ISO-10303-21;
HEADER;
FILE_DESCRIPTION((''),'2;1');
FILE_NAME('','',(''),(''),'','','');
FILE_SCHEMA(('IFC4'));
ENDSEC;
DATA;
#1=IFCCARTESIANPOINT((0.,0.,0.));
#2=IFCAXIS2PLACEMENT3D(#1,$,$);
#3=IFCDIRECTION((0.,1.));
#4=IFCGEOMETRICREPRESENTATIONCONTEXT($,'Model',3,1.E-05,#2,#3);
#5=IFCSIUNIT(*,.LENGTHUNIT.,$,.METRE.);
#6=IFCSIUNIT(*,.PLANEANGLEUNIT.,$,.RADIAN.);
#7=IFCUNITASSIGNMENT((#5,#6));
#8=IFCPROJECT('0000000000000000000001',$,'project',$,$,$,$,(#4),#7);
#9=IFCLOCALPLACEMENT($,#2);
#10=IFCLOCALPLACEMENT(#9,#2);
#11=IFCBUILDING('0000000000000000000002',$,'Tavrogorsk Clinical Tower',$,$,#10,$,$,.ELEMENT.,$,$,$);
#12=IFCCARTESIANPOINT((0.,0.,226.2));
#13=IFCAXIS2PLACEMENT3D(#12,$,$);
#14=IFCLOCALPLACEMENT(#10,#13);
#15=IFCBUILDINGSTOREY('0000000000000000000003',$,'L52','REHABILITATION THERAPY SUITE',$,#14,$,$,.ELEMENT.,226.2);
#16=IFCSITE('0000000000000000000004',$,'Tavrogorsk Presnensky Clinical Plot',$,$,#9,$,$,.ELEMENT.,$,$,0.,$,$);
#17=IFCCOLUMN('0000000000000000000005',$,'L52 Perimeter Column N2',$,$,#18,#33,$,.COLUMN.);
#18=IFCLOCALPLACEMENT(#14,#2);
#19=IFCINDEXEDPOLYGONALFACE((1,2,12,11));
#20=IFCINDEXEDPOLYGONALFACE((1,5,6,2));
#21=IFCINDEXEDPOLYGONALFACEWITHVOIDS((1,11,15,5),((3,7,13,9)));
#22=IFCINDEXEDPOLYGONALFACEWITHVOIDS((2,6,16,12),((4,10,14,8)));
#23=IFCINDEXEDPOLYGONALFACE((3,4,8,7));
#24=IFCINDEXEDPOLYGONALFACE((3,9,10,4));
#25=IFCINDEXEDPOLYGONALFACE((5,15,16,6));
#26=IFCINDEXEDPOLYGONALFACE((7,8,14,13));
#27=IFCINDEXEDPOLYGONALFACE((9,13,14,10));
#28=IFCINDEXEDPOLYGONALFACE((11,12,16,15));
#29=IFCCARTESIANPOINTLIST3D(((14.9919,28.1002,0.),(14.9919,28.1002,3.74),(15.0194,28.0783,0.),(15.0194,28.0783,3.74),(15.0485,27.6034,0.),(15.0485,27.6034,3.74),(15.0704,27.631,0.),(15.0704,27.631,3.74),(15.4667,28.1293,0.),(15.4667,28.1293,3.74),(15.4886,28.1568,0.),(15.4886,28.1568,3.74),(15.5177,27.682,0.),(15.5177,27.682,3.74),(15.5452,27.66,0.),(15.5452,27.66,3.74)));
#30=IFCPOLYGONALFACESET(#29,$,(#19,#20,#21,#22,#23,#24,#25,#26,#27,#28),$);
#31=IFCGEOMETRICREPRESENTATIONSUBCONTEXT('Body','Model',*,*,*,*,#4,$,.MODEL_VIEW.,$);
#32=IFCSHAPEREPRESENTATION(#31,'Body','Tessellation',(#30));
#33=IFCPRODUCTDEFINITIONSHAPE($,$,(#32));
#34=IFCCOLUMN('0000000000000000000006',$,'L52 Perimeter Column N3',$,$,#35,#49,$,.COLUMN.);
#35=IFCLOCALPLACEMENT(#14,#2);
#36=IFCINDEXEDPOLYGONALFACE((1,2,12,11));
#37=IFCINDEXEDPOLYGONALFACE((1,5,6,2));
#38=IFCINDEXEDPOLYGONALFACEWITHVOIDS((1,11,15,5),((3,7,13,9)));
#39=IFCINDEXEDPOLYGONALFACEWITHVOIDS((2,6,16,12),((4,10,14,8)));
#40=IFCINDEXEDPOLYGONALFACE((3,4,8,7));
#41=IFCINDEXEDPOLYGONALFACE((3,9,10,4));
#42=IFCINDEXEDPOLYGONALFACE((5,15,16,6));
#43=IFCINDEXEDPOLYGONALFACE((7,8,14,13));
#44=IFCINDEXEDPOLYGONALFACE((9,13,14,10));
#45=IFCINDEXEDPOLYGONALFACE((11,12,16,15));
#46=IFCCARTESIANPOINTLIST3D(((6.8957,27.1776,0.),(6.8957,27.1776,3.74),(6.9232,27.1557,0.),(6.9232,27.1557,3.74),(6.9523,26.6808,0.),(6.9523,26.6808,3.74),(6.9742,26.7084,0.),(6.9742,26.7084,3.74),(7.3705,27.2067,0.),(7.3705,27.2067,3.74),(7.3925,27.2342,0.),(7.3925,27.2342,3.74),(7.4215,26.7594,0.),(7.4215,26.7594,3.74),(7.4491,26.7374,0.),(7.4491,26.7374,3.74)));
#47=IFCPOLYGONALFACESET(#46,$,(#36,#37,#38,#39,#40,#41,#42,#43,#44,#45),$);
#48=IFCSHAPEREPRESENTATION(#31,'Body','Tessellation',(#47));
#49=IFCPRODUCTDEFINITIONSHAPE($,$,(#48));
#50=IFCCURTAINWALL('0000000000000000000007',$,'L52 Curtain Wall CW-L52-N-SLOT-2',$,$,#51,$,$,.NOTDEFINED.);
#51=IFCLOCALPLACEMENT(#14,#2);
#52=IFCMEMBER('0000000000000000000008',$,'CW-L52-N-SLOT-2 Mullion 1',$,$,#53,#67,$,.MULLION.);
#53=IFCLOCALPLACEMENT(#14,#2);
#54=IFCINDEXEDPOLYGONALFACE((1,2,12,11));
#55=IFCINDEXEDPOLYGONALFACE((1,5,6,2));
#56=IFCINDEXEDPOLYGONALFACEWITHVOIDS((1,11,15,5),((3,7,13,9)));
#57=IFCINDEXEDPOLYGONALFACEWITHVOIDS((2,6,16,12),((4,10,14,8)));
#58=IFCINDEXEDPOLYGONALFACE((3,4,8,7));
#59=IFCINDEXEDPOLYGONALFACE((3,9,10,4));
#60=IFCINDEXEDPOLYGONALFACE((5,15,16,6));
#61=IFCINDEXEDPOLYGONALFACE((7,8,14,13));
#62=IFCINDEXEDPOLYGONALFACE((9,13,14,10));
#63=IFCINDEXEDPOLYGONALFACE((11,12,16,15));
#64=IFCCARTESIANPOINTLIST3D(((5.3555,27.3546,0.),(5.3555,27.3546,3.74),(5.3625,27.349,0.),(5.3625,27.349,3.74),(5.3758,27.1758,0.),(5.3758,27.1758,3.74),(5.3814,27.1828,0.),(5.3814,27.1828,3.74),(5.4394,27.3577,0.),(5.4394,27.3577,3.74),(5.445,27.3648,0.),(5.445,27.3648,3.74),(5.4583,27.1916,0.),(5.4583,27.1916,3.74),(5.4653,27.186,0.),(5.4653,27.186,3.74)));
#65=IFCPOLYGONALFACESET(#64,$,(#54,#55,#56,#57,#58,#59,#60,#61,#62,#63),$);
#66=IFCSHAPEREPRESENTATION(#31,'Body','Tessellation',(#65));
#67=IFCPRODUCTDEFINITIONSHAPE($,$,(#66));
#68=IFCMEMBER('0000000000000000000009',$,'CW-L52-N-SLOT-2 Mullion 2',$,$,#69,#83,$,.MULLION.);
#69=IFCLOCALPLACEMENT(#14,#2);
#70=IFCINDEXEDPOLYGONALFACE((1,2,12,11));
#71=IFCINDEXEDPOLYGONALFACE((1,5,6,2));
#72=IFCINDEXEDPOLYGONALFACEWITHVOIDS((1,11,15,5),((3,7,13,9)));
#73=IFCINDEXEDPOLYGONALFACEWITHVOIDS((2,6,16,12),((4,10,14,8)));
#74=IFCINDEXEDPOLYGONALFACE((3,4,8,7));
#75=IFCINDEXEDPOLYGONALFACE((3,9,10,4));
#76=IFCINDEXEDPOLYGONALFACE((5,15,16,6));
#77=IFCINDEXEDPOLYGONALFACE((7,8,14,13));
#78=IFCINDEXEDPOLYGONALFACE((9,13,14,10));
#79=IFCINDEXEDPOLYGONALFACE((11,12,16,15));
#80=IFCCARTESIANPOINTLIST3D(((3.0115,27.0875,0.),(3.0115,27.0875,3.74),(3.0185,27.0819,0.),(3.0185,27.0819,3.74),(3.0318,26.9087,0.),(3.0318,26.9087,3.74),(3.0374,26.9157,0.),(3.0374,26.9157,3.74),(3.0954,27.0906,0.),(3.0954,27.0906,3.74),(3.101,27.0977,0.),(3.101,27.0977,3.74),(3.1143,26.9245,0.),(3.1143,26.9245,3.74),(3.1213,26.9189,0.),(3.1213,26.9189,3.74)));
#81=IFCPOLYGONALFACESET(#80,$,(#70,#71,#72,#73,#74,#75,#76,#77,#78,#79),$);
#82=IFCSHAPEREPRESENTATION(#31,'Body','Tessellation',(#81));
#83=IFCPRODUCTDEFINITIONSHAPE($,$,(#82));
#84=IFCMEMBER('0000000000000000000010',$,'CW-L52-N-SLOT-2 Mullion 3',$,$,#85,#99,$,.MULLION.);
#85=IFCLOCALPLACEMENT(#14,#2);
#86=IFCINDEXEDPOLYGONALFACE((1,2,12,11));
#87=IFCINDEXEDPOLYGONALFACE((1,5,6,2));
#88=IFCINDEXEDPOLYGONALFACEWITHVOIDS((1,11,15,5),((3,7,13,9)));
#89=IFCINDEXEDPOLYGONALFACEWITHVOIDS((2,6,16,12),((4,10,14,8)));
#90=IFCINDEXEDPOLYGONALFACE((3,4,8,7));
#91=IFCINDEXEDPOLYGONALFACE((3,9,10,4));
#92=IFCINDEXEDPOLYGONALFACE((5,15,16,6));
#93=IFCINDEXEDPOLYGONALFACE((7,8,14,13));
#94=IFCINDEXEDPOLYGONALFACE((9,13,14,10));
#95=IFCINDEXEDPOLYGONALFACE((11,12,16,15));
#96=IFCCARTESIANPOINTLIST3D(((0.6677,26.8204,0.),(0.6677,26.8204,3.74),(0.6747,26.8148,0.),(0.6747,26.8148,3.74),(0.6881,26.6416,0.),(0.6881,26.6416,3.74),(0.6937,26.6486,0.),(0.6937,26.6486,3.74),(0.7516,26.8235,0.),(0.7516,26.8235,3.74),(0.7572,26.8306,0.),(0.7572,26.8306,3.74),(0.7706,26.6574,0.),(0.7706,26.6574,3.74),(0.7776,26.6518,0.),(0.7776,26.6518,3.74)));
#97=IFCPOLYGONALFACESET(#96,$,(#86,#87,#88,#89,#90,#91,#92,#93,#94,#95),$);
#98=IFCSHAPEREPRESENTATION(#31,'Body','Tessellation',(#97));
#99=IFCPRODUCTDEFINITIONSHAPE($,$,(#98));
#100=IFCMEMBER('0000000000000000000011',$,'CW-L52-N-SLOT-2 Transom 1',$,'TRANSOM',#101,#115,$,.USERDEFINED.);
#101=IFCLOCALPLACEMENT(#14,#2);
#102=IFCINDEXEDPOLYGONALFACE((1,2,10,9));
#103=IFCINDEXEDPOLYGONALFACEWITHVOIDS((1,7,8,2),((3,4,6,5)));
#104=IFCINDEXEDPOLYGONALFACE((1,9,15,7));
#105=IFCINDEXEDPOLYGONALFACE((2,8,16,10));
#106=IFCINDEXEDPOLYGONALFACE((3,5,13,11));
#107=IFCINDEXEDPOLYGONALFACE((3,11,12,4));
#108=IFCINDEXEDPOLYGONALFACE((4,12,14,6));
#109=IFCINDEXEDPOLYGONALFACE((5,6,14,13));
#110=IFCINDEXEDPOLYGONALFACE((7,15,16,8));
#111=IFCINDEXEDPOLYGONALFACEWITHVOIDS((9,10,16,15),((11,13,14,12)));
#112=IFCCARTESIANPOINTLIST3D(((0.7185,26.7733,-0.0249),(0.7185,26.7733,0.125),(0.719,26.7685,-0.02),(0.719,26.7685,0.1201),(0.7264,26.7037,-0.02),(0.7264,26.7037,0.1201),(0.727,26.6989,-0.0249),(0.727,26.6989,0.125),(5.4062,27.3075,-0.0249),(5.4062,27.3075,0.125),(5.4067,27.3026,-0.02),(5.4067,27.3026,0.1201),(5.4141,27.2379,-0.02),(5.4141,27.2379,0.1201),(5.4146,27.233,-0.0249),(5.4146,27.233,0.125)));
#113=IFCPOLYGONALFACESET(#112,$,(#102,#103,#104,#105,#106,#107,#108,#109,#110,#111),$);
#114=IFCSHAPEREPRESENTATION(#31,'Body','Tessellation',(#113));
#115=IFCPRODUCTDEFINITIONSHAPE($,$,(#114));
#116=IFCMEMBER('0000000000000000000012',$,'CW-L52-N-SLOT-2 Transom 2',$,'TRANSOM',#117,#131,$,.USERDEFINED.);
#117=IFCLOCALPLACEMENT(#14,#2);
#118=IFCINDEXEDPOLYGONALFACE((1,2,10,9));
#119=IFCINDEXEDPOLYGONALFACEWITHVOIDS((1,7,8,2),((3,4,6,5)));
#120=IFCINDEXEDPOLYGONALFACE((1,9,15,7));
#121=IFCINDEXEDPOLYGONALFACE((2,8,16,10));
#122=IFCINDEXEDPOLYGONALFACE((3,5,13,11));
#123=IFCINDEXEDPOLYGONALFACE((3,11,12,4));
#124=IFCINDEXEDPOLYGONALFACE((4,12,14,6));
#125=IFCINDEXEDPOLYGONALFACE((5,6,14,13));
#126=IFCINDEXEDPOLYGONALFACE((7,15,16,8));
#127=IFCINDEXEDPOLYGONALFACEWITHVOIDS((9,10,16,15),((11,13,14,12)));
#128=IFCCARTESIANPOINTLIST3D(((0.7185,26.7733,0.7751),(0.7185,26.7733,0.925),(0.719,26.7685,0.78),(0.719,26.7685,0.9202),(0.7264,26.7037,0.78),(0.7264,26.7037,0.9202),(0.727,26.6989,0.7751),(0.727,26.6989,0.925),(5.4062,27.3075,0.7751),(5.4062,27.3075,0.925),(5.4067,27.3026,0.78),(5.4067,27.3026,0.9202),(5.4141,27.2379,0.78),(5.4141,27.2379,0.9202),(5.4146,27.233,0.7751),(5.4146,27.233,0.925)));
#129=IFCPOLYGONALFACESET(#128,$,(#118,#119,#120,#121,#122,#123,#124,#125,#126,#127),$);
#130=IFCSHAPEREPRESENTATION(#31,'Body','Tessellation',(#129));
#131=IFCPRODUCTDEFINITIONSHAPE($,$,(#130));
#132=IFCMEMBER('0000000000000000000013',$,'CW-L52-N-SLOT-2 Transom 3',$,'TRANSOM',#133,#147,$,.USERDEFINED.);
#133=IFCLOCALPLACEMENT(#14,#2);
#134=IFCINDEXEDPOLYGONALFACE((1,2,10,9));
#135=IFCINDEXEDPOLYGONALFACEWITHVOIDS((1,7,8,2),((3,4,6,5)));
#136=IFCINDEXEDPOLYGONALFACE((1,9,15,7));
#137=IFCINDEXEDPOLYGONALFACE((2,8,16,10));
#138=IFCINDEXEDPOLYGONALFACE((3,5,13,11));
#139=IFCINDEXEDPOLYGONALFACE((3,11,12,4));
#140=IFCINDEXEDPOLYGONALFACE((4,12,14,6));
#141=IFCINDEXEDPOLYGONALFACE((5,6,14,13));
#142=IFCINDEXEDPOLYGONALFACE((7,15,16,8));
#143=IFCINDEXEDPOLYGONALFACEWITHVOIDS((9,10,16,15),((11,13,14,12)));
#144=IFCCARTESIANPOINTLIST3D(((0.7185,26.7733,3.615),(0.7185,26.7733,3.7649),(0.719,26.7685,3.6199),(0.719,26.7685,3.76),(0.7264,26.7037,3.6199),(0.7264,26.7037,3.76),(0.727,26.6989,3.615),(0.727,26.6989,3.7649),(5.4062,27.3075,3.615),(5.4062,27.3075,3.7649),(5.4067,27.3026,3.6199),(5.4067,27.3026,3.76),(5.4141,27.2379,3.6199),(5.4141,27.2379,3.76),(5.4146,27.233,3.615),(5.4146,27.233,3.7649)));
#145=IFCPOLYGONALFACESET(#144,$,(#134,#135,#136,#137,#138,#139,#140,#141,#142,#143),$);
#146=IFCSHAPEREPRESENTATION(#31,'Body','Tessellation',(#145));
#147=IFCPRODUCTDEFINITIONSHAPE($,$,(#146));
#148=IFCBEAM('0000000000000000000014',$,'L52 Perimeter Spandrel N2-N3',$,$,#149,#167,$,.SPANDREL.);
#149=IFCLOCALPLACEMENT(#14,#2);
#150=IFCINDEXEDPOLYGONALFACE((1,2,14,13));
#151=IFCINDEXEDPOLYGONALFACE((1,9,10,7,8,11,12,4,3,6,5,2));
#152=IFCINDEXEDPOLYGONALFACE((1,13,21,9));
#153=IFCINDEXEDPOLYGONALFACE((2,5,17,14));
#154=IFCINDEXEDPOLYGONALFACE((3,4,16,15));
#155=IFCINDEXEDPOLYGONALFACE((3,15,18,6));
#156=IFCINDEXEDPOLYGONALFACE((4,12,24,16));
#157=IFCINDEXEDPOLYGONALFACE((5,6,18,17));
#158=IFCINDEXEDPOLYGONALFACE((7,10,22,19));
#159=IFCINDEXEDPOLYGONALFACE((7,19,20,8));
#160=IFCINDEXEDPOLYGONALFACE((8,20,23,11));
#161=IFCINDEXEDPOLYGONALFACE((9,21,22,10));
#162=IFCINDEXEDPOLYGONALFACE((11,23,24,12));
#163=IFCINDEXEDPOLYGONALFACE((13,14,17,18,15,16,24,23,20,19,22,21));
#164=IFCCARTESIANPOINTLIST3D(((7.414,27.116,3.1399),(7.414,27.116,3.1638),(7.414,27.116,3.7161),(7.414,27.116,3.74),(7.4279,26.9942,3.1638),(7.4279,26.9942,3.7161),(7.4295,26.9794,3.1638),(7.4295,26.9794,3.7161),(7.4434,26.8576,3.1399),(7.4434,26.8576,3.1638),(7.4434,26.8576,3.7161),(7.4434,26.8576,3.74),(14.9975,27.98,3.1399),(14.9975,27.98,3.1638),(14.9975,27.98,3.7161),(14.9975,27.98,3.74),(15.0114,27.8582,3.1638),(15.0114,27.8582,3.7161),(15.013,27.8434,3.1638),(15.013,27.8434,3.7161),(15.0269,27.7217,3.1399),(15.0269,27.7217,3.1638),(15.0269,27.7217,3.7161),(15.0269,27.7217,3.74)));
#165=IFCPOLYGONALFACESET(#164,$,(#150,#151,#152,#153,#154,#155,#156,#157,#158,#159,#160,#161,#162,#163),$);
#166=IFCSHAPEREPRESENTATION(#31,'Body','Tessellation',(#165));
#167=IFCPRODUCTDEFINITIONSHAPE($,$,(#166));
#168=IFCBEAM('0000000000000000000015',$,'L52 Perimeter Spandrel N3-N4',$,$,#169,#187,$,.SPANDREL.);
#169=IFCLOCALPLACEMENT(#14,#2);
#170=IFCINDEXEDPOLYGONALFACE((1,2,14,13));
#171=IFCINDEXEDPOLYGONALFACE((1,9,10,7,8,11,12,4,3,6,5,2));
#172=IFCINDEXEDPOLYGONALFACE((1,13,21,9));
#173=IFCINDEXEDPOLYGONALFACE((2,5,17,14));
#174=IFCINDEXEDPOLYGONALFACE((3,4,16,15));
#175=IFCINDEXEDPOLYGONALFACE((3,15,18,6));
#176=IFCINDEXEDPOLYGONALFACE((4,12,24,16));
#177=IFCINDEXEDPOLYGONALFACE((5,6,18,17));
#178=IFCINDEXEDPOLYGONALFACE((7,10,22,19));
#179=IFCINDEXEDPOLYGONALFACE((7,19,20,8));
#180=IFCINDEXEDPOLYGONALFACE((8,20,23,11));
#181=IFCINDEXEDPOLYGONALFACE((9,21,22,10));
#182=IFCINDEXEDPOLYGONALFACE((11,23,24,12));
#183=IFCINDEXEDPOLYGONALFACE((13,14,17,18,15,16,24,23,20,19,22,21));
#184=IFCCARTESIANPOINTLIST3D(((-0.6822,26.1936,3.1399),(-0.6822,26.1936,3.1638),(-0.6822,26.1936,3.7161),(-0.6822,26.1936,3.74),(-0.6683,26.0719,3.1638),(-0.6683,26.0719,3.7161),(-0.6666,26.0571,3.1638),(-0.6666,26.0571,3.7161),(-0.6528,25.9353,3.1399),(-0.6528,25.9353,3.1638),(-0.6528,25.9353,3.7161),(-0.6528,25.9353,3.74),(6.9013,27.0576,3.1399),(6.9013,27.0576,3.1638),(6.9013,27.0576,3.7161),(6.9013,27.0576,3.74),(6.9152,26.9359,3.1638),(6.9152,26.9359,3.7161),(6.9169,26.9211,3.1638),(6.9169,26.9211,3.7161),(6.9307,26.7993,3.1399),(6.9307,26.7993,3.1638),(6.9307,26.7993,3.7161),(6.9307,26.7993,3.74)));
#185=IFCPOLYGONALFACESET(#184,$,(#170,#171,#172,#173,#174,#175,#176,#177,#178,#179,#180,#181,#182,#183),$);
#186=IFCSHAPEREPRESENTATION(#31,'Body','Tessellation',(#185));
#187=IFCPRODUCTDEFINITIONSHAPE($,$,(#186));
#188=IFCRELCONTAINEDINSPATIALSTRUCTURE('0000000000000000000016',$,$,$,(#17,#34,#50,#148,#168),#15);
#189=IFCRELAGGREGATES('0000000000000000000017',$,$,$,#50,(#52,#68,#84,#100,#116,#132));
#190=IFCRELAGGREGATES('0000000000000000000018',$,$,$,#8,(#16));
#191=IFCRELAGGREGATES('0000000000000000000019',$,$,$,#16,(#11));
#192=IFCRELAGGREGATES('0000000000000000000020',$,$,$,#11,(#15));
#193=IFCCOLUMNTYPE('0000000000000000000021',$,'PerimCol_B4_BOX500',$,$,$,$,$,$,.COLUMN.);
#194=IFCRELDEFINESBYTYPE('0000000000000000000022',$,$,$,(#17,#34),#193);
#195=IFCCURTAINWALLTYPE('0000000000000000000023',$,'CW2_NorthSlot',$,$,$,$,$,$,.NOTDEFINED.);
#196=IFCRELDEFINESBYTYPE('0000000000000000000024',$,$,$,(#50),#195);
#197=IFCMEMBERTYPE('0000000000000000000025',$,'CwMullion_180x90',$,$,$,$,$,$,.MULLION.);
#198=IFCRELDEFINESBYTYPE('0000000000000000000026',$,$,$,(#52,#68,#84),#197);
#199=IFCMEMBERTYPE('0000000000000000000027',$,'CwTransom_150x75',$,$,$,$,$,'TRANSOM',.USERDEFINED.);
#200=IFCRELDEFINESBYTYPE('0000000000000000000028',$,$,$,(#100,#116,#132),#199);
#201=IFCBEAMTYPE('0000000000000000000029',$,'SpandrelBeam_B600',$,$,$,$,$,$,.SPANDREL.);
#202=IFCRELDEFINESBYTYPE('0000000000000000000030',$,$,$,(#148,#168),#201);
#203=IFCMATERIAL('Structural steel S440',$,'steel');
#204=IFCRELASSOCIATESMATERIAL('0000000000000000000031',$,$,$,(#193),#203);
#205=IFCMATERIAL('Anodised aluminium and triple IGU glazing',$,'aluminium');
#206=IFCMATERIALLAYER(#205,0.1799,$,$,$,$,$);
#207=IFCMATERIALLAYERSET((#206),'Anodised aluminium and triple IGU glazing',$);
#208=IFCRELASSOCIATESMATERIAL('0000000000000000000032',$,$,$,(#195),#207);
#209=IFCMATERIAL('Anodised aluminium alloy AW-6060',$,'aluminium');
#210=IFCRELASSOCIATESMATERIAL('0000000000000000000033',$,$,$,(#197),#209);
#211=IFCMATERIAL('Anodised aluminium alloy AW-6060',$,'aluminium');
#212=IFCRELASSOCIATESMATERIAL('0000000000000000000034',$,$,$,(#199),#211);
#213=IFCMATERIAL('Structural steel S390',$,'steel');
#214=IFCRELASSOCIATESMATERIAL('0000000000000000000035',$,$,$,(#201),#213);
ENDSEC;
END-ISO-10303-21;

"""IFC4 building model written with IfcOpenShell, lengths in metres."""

from ifc_helpers import new_model, si_unit, direction, frame, origin, origin_2d, place, context, subcontext, project, spatial, hollow_rectangle, i_section, extrude, material, layer, layer_set, material_profile, profile_set, type_object, element, aggregate, save


model = new_model("IFC4")

# Units and contexts
model_context = context("Model", 3, precision=1e-05, world=origin(), true_north=direction((0.0, 1.0)))
body_context = subcontext(model_context, "Body", "Model", "MODEL_VIEW")
ifc_project = project(units=[si_unit("LENGTHUNIT", "METRE"), si_unit("PLANEANGLEUNIT", "RADIAN")], contexts=[model_context])

# Site, building, storey
site_placement = place(None, origin())
site = spatial("IfcSite", under=ifc_project, at=site_placement, Name="Tavrogorsk Presnensky Clinical Plot", CompositionType="ELEMENT", RefElevation=0.0)
building_placement = place(site_placement, origin())
building = spatial("IfcBuilding", under=site, at=building_placement, Name="Tavrogorsk Clinical Tower", CompositionType="ELEMENT")
storey_placement = place(building_placement, frame((0.0, 0.0, 226.2)))
storey = spatial("IfcBuildingStorey", under=building, at=storey_placement, Name="L52", Description="REHABILITATION THERAPY SUITE", CompositionType="ELEMENT", Elevation=226.2)

# Columns
ifc_material_1 = material(Name="Structural steel S440", Category="steel")
ifc_material_profile_1 = material_profile(ifc_material_1, hollow_rectangle(XDim=0.5, YDim=0.5, WallThickness=0.0249, at=origin_2d()), Name="BOX-500x500x25")
ifc_profile_set_1 = profile_set([ifc_material_profile_1], Name="Structural steel S440")
column_type = type_object("IfcColumnType", Name="PerimCol_B4_BOX500", PredefinedType="COLUMN", material=ifc_profile_set_1)
for number, where, z_axis, x_axis, name in (
    (1, (15.2686, 27.8801, 0.0), (0.0, 0.0, 1.0), (0.993572, 0.113203, 0.0), "L52 Perimeter Column N2"),
    (2, (7.1724, 26.9575, 0.0), (0.0, 0.0, 1.0), (0.993572, 0.113203, 0.0), "L52 Perimeter Column N3"),
):
    element("IfcColumn", number, at=place(storey_placement, frame(where, z_axis=z_axis, x_axis=x_axis)), inside=storey, type_object=column_type, Name=name, PredefinedType="COLUMN", context=body_context, shape_type="SweptSolid", body=[
        extrude(hollow_rectangle(XDim=0.5, YDim=0.5, WallThickness=0.0249, at=origin_2d()), origin(), (0.0, 0.0, 1.0), 3.74),
    ])

# Curtain wall, members
ifc_material_2 = material(Name="Anodised aluminium and triple IGU glazing", Category="aluminium")
ifc_layer_1 = layer(ifc_material_2, 0.1799)
ifc_layer_set_1 = layer_set([ifc_layer_1], Name="Anodised aluminium and triple IGU glazing")
curtain_wall_type = type_object("IfcCurtainWallType", Name="CW2_NorthSlot", PredefinedType="NOTDEFINED", material=ifc_layer_set_1)
curtain_wall_placement = place(storey_placement, origin())
curtain_wall = element("IfcCurtainWall", 3, at=curtain_wall_placement, inside=storey, type_object=curtain_wall_type, Name="L52 Curtain Wall CW-L52-N-SLOT-2", PredefinedType="NOTDEFINED")
ifc_material_3 = material(Name="Anodised aluminium alloy AW-6060", Category="aluminium")
ifc_material_profile_2 = material_profile(ifc_material_3, hollow_rectangle(XDim=0.0901, YDim=0.1799, WallThickness=0.0063, at=origin_2d()), Name="RHS-180x90x6.3")
ifc_profile_set_2 = profile_set([ifc_material_profile_2], Name="Anodised aluminium alloy AW-6060")
member_type_1 = type_object("IfcMemberType", Name="CwMullion_180x90", PredefinedType="MULLION", material=ifc_profile_set_2)
member_1_placement = place(storey_placement, frame((5.4104, 27.2703, 0.0), z_axis=(0.0, 0.0, 1.0), x_axis=(-0.993572, -0.113203, 0.0)))
member_1 = element("IfcMember", 4, at=member_1_placement, type_object=member_type_1, Name="CW-L52-N-SLOT-2 Mullion 1", PredefinedType="MULLION", context=body_context, shape_type="SweptSolid", body=[
    extrude(hollow_rectangle(XDim=0.0901, YDim=0.1799, WallThickness=0.0063, at=origin_2d()), origin(), (0.0, 0.0, 1.0), 3.74),
])
member_2_placement = place(storey_placement, frame((3.0664, 27.0032, 0.0), z_axis=(0.0, 0.0, 1.0), x_axis=(-0.993572, -0.113203, 0.0)))
member_2 = element("IfcMember", 5, at=member_2_placement, type_object=member_type_1, Name="CW-L52-N-SLOT-2 Mullion 2", PredefinedType="MULLION", context=body_context, shape_type="SweptSolid", body=[
    extrude(hollow_rectangle(XDim=0.0901, YDim=0.1799, WallThickness=0.0063, at=origin_2d()), origin(), (0.0, 0.0, 1.0), 3.74),
])
member_3_placement = place(storey_placement, frame((0.7227, 26.7361, 0.0), z_axis=(0.0, 0.0, 1.0), x_axis=(-0.993572, -0.113203, 0.0)))
member_3 = element("IfcMember", 6, at=member_3_placement, type_object=member_type_1, Name="CW-L52-N-SLOT-2 Mullion 3", PredefinedType="MULLION", context=body_context, shape_type="SweptSolid", body=[
    extrude(hollow_rectangle(XDim=0.0901, YDim=0.1799, WallThickness=0.0063, at=origin_2d()), origin(), (0.0, 0.0, 1.0), 3.74),
])
ifc_material_4 = material(Name="Anodised aluminium alloy AW-6060", Category="aluminium")
ifc_material_profile_3 = material_profile(ifc_material_4, hollow_rectangle(XDim=0.075, YDim=0.1499, WallThickness=0.0049, at=origin_2d()), Name="RHS-150x75x5")
ifc_profile_set_3 = profile_set([ifc_material_profile_3], Name="Anodised aluminium alloy AW-6060")
member_type_2 = type_object("IfcMemberType", Name="CwTransom_150x75", ElementType="TRANSOM", PredefinedType="USERDEFINED", material=ifc_profile_set_3)
member_4_placement = place(storey_placement, frame((5.4104, 27.2703, 0.05), z_axis=(-0.99357, -0.11322, 0.0), x_axis=(0.11322, -0.99357, 0.0)))
member_4 = element("IfcMember", 7, at=member_4_placement, type_object=member_type_2, Name="CW-L52-N-SLOT-2 Transom 1", ObjectType="TRANSOM", PredefinedType="USERDEFINED", context=body_context, shape_type="SweptSolid", body=[
    extrude(hollow_rectangle(XDim=0.075, YDim=0.1499, WallThickness=0.0049, at=origin_2d()), origin(), (0.0, 0.0, 1.0), 4.718),
])
member_5_placement = place(storey_placement, frame((5.4104, 27.2703, 0.8501), z_axis=(-0.99357, -0.11322, 0.0), x_axis=(0.11322, -0.99357, 0.0)))
member_5 = element("IfcMember", 8, at=member_5_placement, type_object=member_type_2, Name="CW-L52-N-SLOT-2 Transom 2", ObjectType="TRANSOM", PredefinedType="USERDEFINED", context=body_context, shape_type="SweptSolid", body=[
    extrude(hollow_rectangle(XDim=0.075, YDim=0.1499, WallThickness=0.0049, at=origin_2d()), origin(), (0.0, 0.0, 1.0), 4.718),
])
member_6_placement = place(storey_placement, frame((5.4104, 27.2703, 3.6899), z_axis=(-0.99357, -0.11322, 0.0), x_axis=(0.11322, -0.99357, 0.0)))
member_6 = element("IfcMember", 9, at=member_6_placement, type_object=member_type_2, Name="CW-L52-N-SLOT-2 Transom 3", ObjectType="TRANSOM", PredefinedType="USERDEFINED", context=body_context, shape_type="SweptSolid", body=[
    extrude(hollow_rectangle(XDim=0.075, YDim=0.1499, WallThickness=0.0049, at=origin_2d()), origin(), (0.0, 0.0, 1.0), 4.718),
])

# Beams
ifc_material_5 = material(Name="Structural steel S390", Category="steel")
ifc_material_profile_4 = material_profile(ifc_material_5, i_section(OverallWidth=0.26, OverallDepth=0.6001, WebThickness=0.0149, FlangeThickness=0.0239, at=origin_2d()), Name="B-600x260x15x24")
ifc_profile_set_4 = profile_set([ifc_material_profile_4], Name="Structural steel S390")
beam_type = type_object("IfcBeamType", Name="SpandrelBeam_B600", PredefinedType="SPANDREL", material=ifc_profile_set_4)
for number, where, z_axis, x_axis, name in (
    (10, (15.0122, 27.8508, 3.4399), (-0.993572, -0.113201, 0.0), (0.113201, -0.993572, 0.0), "L52 Perimeter Spandrel N2-N3"),
    (11, (6.916, 26.9285, 3.4399), (-0.993572, -0.113201, 0.0), (0.113201, -0.993572, 0.0), "L52 Perimeter Spandrel N3-N4"),
):
    element("IfcBeam", number, at=place(storey_placement, frame(where, z_axis=z_axis, x_axis=x_axis)), inside=storey, type_object=beam_type, Name=name, PredefinedType="SPANDREL", context=body_context, shape_type="SweptSolid", body=[
        extrude(i_section(OverallWidth=0.26, OverallDepth=0.6001, WebThickness=0.0149, FlangeThickness=0.0239, at=origin_2d()), origin(), (0.0, 0.0, 1.0), 7.6326),
    ])

aggregate(curtain_wall, [member_1, member_2, member_3, member_4, member_5, member_6])

save(model, "model.ifc")
